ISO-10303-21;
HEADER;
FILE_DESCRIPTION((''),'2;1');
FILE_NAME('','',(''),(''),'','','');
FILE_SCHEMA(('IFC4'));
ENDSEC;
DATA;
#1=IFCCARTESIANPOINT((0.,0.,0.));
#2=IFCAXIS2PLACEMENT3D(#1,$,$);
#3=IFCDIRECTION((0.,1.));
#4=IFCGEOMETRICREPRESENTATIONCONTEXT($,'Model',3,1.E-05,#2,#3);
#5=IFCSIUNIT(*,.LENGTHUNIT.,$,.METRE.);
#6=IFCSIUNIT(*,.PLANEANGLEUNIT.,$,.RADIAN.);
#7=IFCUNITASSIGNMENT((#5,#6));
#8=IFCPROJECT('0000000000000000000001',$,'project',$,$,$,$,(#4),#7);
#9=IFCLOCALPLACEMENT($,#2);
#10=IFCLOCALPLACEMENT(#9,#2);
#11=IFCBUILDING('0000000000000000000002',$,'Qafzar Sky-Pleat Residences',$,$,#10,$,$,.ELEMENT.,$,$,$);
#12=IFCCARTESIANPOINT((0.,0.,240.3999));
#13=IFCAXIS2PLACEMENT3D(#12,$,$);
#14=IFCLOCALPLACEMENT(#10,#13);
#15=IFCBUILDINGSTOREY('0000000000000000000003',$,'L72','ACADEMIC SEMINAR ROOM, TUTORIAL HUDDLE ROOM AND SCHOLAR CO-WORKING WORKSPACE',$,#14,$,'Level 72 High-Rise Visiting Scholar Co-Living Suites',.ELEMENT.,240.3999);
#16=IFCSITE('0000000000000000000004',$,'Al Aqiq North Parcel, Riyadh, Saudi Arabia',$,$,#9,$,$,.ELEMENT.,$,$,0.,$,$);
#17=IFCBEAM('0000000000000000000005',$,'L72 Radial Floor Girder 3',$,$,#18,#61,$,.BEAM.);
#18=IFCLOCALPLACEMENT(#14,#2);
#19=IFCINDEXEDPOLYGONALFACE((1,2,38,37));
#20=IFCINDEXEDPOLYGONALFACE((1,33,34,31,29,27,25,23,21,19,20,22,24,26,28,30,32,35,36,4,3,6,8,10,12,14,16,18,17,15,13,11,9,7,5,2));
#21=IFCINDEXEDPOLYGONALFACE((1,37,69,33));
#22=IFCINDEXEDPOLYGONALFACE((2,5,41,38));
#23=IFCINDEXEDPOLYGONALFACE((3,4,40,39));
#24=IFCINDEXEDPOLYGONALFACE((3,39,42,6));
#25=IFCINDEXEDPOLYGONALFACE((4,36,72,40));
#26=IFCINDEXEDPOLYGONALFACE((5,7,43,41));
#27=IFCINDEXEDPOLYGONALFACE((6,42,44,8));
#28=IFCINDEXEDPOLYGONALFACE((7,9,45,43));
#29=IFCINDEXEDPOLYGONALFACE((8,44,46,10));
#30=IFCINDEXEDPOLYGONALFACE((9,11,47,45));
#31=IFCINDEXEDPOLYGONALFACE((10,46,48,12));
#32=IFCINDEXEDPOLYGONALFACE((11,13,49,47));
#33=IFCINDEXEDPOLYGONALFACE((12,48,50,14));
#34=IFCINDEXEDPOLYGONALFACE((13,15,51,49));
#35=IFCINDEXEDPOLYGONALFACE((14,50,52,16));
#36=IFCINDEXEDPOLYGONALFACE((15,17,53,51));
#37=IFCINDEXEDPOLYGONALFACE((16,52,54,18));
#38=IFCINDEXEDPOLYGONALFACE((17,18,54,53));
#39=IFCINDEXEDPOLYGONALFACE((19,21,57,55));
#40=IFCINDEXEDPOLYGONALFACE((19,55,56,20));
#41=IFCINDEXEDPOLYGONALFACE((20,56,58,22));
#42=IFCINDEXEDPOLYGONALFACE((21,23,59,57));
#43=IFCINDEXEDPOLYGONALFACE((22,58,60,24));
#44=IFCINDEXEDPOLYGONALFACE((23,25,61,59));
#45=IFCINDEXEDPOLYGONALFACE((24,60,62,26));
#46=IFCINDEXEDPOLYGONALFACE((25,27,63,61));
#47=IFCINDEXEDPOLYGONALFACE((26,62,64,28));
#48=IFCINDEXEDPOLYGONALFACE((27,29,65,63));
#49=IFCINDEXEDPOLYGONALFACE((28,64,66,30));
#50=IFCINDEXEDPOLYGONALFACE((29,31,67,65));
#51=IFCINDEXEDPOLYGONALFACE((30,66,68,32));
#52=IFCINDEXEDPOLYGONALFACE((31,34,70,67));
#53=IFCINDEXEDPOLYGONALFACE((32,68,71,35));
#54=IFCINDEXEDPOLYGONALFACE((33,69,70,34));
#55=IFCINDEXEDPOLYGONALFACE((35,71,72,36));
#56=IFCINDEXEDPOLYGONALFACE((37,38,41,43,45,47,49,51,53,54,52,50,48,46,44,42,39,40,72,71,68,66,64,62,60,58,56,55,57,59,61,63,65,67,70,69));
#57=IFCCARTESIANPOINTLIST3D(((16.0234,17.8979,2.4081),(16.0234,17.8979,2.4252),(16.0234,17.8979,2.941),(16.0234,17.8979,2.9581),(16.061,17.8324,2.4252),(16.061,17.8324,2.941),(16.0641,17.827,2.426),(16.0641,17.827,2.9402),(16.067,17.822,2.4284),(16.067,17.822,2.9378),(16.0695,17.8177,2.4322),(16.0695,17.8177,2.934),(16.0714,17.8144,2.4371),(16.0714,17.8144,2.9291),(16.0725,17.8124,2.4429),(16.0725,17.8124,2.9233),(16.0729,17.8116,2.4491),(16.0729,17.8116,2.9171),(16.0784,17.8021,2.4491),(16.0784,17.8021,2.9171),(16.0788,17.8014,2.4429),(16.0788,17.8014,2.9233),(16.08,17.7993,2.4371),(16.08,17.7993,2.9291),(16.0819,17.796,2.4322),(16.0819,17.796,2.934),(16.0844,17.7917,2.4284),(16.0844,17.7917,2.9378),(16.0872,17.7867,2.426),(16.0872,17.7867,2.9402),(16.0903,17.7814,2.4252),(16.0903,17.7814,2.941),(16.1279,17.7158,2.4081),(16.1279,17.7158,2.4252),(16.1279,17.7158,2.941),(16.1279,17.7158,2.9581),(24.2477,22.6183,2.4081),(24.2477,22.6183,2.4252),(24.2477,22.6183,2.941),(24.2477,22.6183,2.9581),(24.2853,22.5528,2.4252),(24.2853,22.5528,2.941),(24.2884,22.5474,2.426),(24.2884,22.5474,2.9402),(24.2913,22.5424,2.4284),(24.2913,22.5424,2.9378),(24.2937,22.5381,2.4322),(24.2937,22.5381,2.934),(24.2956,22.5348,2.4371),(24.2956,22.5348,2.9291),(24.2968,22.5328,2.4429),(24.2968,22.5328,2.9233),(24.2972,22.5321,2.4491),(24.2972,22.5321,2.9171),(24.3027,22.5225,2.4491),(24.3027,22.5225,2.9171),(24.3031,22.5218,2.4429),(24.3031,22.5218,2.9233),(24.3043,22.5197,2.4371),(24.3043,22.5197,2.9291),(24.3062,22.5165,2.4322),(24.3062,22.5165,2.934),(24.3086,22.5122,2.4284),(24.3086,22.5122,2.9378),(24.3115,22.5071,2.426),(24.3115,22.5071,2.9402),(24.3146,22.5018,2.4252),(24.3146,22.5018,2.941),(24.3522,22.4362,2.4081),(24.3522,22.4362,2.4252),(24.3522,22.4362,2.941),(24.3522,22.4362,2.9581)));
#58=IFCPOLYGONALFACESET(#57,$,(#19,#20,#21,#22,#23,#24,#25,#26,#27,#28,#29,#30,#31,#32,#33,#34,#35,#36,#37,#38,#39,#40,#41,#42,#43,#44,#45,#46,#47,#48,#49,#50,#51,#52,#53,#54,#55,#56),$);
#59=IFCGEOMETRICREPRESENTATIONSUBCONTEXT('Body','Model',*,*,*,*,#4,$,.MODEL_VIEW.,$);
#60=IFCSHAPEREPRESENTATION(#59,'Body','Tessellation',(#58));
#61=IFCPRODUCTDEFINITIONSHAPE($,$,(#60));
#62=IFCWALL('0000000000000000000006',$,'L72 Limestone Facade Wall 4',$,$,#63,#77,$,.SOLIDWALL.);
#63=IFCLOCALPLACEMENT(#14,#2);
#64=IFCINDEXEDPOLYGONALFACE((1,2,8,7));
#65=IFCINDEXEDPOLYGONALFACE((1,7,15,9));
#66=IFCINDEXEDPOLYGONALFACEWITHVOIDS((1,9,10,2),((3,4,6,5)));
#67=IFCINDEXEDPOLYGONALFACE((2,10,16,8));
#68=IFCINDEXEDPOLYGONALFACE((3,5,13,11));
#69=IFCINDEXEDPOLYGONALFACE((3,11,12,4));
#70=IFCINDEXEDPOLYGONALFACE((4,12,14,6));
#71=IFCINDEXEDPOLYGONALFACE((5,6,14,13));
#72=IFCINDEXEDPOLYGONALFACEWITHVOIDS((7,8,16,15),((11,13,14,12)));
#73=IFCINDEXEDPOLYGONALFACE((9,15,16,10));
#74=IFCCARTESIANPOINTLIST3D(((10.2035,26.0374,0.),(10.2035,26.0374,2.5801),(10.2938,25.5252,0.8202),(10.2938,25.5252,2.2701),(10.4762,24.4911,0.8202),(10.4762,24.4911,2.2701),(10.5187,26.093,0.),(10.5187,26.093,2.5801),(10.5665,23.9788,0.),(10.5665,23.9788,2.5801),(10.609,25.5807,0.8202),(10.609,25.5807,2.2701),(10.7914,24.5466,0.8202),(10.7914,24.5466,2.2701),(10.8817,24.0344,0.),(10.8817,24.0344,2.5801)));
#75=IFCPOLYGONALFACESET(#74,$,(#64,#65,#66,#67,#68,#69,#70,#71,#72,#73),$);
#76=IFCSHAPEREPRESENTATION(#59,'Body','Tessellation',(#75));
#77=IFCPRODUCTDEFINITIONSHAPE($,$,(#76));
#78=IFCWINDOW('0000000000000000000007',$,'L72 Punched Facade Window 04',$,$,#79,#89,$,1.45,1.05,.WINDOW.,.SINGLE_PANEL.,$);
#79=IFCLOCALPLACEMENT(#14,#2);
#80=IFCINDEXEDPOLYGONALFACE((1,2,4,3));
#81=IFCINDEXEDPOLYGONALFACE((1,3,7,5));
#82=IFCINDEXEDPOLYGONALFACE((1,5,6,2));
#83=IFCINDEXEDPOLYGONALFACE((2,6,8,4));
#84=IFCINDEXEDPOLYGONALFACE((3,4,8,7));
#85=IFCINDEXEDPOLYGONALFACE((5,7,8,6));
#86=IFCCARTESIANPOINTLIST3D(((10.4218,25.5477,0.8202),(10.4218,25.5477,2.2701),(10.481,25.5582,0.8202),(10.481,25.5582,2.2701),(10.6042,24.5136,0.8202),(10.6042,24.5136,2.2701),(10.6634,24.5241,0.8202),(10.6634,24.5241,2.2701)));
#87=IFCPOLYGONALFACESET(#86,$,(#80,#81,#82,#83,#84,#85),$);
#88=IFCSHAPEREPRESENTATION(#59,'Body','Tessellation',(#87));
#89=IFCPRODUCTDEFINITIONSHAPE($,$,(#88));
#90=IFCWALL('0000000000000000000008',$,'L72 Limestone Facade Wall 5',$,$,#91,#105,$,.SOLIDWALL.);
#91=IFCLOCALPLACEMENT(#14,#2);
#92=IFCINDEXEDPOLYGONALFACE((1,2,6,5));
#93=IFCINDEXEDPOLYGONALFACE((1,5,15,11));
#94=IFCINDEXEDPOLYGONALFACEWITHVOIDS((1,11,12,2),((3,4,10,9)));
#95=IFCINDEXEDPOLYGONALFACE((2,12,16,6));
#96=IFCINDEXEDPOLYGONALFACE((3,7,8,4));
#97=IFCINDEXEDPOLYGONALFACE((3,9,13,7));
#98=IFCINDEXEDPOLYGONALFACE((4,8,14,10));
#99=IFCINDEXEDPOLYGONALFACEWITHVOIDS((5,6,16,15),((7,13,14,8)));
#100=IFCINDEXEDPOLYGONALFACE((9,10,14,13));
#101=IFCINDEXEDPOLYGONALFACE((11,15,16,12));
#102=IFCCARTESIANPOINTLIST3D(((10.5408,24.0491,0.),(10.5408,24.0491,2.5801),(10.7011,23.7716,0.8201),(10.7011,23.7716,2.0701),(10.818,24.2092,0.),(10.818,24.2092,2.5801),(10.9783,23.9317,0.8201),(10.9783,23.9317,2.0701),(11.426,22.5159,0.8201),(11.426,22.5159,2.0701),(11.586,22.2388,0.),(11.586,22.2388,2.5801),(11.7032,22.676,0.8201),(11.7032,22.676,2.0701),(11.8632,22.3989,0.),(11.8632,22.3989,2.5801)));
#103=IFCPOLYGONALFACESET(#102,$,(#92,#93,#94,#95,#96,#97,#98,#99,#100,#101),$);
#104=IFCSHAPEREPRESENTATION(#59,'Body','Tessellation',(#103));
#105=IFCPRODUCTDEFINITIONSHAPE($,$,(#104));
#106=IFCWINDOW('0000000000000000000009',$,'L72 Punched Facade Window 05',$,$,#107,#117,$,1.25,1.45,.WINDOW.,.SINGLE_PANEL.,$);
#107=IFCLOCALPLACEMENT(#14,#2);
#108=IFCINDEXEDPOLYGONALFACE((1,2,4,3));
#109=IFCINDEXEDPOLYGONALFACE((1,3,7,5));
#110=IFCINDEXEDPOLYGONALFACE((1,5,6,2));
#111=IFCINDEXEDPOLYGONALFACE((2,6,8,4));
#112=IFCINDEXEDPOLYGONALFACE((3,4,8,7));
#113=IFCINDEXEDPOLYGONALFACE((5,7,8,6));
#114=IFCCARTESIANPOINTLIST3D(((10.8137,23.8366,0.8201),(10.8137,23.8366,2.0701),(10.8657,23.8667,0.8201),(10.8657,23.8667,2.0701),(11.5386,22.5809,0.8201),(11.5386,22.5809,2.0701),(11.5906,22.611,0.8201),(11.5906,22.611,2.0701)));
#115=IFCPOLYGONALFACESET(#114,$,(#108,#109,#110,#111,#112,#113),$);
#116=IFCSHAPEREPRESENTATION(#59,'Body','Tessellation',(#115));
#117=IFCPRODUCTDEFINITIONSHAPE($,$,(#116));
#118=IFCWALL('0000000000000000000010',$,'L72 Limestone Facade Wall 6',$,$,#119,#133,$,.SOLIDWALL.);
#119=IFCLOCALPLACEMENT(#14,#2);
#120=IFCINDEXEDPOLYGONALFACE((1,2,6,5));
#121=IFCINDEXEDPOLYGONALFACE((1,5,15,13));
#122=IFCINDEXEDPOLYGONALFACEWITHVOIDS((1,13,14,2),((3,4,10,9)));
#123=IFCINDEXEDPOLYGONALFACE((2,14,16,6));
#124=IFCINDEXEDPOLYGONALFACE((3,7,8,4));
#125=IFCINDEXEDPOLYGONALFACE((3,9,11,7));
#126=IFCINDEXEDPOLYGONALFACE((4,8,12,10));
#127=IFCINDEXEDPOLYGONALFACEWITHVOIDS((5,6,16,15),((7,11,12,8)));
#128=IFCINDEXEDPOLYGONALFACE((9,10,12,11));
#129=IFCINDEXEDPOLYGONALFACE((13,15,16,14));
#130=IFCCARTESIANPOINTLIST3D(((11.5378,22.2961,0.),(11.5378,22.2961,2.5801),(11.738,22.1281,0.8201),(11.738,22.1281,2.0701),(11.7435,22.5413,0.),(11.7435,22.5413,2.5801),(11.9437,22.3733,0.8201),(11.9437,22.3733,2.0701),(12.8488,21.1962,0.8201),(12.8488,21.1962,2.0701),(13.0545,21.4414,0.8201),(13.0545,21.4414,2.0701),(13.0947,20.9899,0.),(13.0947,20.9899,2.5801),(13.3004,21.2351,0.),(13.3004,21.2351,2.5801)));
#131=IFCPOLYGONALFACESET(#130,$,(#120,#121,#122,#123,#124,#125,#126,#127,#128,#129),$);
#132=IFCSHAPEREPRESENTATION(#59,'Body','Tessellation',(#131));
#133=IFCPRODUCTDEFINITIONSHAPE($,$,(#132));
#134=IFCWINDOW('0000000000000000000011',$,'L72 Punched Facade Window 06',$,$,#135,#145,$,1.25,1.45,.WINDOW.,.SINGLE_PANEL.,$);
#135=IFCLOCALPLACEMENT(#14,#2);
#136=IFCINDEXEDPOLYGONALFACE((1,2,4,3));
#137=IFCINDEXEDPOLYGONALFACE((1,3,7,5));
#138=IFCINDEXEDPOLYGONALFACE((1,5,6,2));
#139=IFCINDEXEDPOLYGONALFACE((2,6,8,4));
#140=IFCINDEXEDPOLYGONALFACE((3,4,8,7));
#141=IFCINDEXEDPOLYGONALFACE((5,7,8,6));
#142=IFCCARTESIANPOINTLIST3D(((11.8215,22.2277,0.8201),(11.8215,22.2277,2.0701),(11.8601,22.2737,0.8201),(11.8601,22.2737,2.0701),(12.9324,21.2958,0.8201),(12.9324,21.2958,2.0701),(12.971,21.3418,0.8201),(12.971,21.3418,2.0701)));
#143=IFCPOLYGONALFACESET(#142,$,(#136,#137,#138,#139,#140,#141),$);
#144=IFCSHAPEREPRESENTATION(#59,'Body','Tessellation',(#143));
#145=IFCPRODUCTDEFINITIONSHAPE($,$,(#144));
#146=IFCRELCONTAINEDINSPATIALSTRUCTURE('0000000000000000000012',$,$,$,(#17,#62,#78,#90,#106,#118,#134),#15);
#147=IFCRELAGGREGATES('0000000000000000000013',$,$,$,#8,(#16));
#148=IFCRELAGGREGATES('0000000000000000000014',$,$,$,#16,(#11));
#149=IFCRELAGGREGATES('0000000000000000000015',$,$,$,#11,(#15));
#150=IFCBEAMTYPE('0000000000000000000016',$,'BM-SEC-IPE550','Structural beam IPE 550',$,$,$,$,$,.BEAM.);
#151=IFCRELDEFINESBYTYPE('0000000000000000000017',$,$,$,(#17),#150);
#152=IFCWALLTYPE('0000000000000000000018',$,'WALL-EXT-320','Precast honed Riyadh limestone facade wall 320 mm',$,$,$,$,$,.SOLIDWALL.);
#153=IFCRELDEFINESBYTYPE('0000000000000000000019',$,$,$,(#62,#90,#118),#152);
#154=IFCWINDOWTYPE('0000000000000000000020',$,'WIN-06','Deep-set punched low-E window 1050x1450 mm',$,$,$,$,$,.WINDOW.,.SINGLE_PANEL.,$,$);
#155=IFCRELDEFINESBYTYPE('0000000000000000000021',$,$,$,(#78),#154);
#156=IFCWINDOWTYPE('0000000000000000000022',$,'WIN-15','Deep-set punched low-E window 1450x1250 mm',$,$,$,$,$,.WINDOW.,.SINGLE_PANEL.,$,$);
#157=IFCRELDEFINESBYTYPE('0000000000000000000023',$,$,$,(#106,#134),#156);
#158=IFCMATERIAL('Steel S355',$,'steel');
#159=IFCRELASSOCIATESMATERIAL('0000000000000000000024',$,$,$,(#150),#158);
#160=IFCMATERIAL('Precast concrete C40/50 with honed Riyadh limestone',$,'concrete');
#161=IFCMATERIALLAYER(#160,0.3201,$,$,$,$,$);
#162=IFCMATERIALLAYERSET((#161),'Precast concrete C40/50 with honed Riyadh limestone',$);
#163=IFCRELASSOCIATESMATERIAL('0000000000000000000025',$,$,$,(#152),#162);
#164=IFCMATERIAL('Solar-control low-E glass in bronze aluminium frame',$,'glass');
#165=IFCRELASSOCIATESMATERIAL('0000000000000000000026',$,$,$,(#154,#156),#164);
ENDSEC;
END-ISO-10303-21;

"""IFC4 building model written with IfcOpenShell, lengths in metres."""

from ifc_helpers import new_model, si_unit, direction, frame, frame_2d, origin, origin_2d, place, context, subcontext, project, spatial, rectangle, i_section, extrude, source, transform, mapped, material, layer, layer_set, material_profile, profile_set, type_object, element, fill, save


model = new_model("IFC4")

# Units and contexts
model_context = context("Model", 3, precision=1e-05, world=origin(), true_north=direction((0.0, 1.0)))
body_context = subcontext(model_context, "Body", "Model", "MODEL_VIEW")
ifc_project = project(units=[si_unit("LENGTHUNIT", "METRE"), si_unit("PLANEANGLEUNIT", "RADIAN")], contexts=[model_context])

# Site, building, storey
site_placement = place(None, origin())
site = spatial("IfcSite", under=ifc_project, at=site_placement, Name="Al Aqiq North Parcel, Riyadh, Saudi Arabia", CompositionType="ELEMENT", RefElevation=0.0)
building_placement = place(site_placement, origin())
building = spatial("IfcBuilding", under=site, at=building_placement, Name="Qafzar Sky-Pleat Residences", CompositionType="ELEMENT")
storey_placement = place(building_placement, frame((0.0, 0.0, 240.3999)))
storey = spatial("IfcBuildingStorey", under=building, at=storey_placement, Name="L72", Description="ACADEMIC SEMINAR ROOM, TUTORIAL HUDDLE ROOM AND SCHOLAR CO-WORKING WORKSPACE", LongName="Level 72 High-Rise Visiting Scholar Co-Living Suites", CompositionType="ELEMENT", Elevation=240.3999)

# Shared definitions
ifc_material_1 = material(Name="Steel S355", Category="steel")

# Beam
ifc_material_profile_1 = material_profile(ifc_material_1, i_section(OverallWidth=0.21, OverallDepth=0.55, WebThickness=0.011, FlangeThickness=0.0171, FilletRadius=0.0239, at=origin_2d()), Name="IPE 550")
ifc_profile_set_1 = profile_set([ifc_material_profile_1], Name="Steel S355")
beam_type_1 = type_object("IfcBeamType", Name="BM-SEC-IPE550", Description="Structural beam IPE 550", PredefinedType="BEAM", material=ifc_profile_set_1)
shared_shape_1 = source(origin(), body_context, "Body", "SweptSolid", [
    extrude(i_section(OverallWidth=0.21, OverallDepth=0.55, WebThickness=0.011, FlangeThickness=0.0171, FilletRadius=0.0239, at=origin_2d()), origin(), (0.0, 0.0, 1.0), 9.4827),
])
beam_1_placement = place(storey_placement, frame((16.0757, 17.8069, 2.6831), z_axis=(0.867296, 0.497793, 0.0), x_axis=(-0.497793, 0.867296, 0.0)))
element("IfcBeam", 1, at=beam_1_placement, inside=storey, type_object=beam_type_1, Name="L72 Radial Floor Girder 3", PredefinedType="BEAM", context=body_context, shape_type="MappedRepresentation", body=[
    mapped(shared_shape_1, transform((0.0, 0.0, 0.0), x_axis=(1.0, 0.0, 0.0), y_axis=(0.0, 1.0, 0.0), z_axis=(0.0, 0.0, 1.0), scale=1.0)),
])

# Walls, openings, windows
ifc_material_2 = material(Name="Precast concrete C40/50 with honed Riyadh limestone", Category="concrete")
ifc_layer_1 = layer(ifc_material_2, 0.3201)
ifc_layer_set_1 = layer_set([ifc_layer_1], Name="Precast concrete C40/50 with honed Riyadh limestone")
wall_type_1 = type_object("IfcWallType", Name="WALL-EXT-320", Description="Precast honed Riyadh limestone facade wall 320 mm", PredefinedType="SOLIDWALL", material=ifc_layer_set_1)
wall_1_placement = place(storey_placement, frame((10.3611, 26.0652, 0.0), z_axis=(0.0, 0.0, 1.0), x_axis=(0.173672, -0.984804, 0.0)))
wall_1 = element("IfcWall", 2, at=wall_1_placement, inside=storey, type_object=wall_type_1, Name="L72 Limestone Facade Wall 4", PredefinedType="SOLIDWALL", context=body_context, shape_type="SweptSolid", body=[
    extrude(rectangle(XDim=2.0903, YDim=0.3201, at=frame_2d((1.0452, 0.0))), origin(), (0.0, 0.0, 1.0), 2.5801),
])
opening_1_placement = place(wall_1_placement, frame((0.5203, 0.0, 0.8201)))
opening_1 = element("IfcOpeningElement", 3, at=opening_1_placement, cuts=wall_1, PredefinedType="OPENING", context=body_context, shape_type="SweptSolid", body=[
    extrude(rectangle(XDim=1.05, YDim=1.45, at=frame_2d((0.5249, 0.7251))), frame((0.0, 0.1699, 0.0), z_axis=(0.0, -1.0, 0.0), x_axis=(1.0, 0.0, 0.0)), (0.0, 0.0, 1.0), 0.3401),
])
ifc_material_3 = material(Name="Solar-control low-E glass in bronze aluminium frame", Category="glass")
window_type_1 = type_object("IfcWindowType", Name="WIN-06", Description="Deep-set punched low-E window 1050x1450 mm", PartitioningType="SINGLE_PANEL", PredefinedType="WINDOW", material=ifc_material_3)
shared_shape_2 = source(origin(), body_context, "Body", "SweptSolid", [
    extrude(rectangle(XDim=1.05, YDim=1.45, at=frame_2d((0.5249, 0.7251))), frame((0.0, 0.03, 0.0), z_axis=(0.0, -1.0, 0.0), x_axis=(1.0, 0.0, 0.0)), (0.0, 0.0, 1.0), 0.0601),
])
window_1_placement = place(opening_1_placement, origin())
window_1 = element("IfcWindow", 4, at=window_1_placement, inside=storey, type_object=window_type_1, Name="L72 Punched Facade Window 04", OverallHeight=1.45, OverallWidth=1.05, PartitioningType="SINGLE_PANEL", PredefinedType="WINDOW", context=body_context, shape_type="MappedRepresentation", body=[
    mapped(shared_shape_2, transform((0.0, 0.0, 0.0), x_axis=(1.0, 0.0, 0.0), y_axis=(0.0, 1.0, 0.0), z_axis=(0.0, 0.0, 1.0), scale=1.0)),
])
fill(opening_1, window_1)
wall_2_placement = place(storey_placement, frame((10.6794, 24.1292, 0.0), z_axis=(0.0, 0.0, 1.0), x_axis=(0.499995, -0.866028, 0.0)))
wall_2 = element("IfcWall", 5, at=wall_2_placement, inside=storey, type_object=wall_type_1, Name="L72 Limestone Facade Wall 5", PredefinedType="SOLIDWALL", context=body_context, shape_type="SweptSolid", body=[
    extrude(rectangle(XDim=2.0903, YDim=0.3201, at=frame_2d((1.0452, 0.0))), origin(), (0.0, 0.0, 1.0), 2.5801),
])
opening_2_placement = place(wall_2_placement, frame((0.3203, 0.0, 0.8201)))
opening_2 = element("IfcOpeningElement", 6, at=opening_2_placement, cuts=wall_2, PredefinedType="OPENING", context=body_context, shape_type="SweptSolid", body=[
    extrude(rectangle(XDim=1.45, YDim=1.25, at=frame_2d((0.7251, 0.625))), frame((0.0, 0.1699, 0.0), z_axis=(0.0, -1.0, 0.0), x_axis=(1.0, 0.0, 0.0)), (0.0, 0.0, 1.0), 0.3401),
])
window_type_2 = type_object("IfcWindowType", Name="WIN-15", Description="Deep-set punched low-E window 1450x1250 mm", PartitioningType="SINGLE_PANEL", PredefinedType="WINDOW", material=ifc_material_3)
shared_shape_3 = source(origin(), body_context, "Body", "SweptSolid", [
    extrude(rectangle(XDim=1.45, YDim=1.25, at=frame_2d((0.7251, 0.625))), frame((0.0, 0.03, 0.0), z_axis=(0.0, -1.0, 0.0), x_axis=(1.0, 0.0, 0.0)), (0.0, 0.0, 1.0), 0.0601),
])
window_2_placement = place(opening_2_placement, origin())
window_2 = element("IfcWindow", 7, at=window_2_placement, inside=storey, type_object=window_type_2, Name="L72 Punched Facade Window 05", OverallHeight=1.25, OverallWidth=1.45, PartitioningType="SINGLE_PANEL", PredefinedType="WINDOW", context=body_context, shape_type="MappedRepresentation", body=[
    mapped(shared_shape_3, transform((0.0, 0.0, 0.0), x_axis=(1.0, 0.0, 0.0), y_axis=(0.0, 1.0, 0.0), z_axis=(0.0, 0.0, 1.0), scale=1.0)),
])
fill(opening_2, window_2)
wall_3_placement = place(storey_placement, frame((11.6406, 22.4187, 0.0), z_axis=(0.0, 0.0, 1.0), x_axis=(0.7661, -0.642721, 0.0)))
wall_3 = element("IfcWall", 8, at=wall_3_placement, inside=storey, type_object=wall_type_1, Name="L72 Limestone Facade Wall 6", PredefinedType="SOLIDWALL", context=body_context, shape_type="SweptSolid", body=[
    extrude(rectangle(XDim=2.0322, YDim=0.3201, at=frame_2d((1.0161, 0.0))), origin(), (0.0, 0.0, 1.0), 2.5801),
])
opening_3_placement = place(wall_3_placement, frame((0.2612, 0.0, 0.8201)))
opening_3 = element("IfcOpeningElement", 9, at=opening_3_placement, cuts=wall_3, PredefinedType="OPENING", context=body_context, shape_type="SweptSolid", body=[
    extrude(rectangle(XDim=1.45, YDim=1.25, at=frame_2d((0.7251, 0.625))), frame((0.0, 0.1699, 0.0), z_axis=(0.0, -1.0, 0.0), x_axis=(1.0, 0.0, 0.0)), (0.0, 0.0, 1.0), 0.3401),
])
window_3_placement = place(opening_3_placement, origin())
window_3 = element("IfcWindow", 10, at=window_3_placement, inside=storey, type_object=window_type_2, Name="L72 Punched Facade Window 06", OverallHeight=1.25, OverallWidth=1.45, PartitioningType="SINGLE_PANEL", PredefinedType="WINDOW", context=body_context, shape_type="MappedRepresentation", body=[
    mapped(shared_shape_3, transform((0.0, 0.0, 0.0), x_axis=(1.0, 0.0, 0.0), y_axis=(0.0, 1.0, 0.0), z_axis=(0.0, 0.0, 1.0), scale=1.0)),
])
fill(opening_3, window_3)

save(model, "model.ifc")
